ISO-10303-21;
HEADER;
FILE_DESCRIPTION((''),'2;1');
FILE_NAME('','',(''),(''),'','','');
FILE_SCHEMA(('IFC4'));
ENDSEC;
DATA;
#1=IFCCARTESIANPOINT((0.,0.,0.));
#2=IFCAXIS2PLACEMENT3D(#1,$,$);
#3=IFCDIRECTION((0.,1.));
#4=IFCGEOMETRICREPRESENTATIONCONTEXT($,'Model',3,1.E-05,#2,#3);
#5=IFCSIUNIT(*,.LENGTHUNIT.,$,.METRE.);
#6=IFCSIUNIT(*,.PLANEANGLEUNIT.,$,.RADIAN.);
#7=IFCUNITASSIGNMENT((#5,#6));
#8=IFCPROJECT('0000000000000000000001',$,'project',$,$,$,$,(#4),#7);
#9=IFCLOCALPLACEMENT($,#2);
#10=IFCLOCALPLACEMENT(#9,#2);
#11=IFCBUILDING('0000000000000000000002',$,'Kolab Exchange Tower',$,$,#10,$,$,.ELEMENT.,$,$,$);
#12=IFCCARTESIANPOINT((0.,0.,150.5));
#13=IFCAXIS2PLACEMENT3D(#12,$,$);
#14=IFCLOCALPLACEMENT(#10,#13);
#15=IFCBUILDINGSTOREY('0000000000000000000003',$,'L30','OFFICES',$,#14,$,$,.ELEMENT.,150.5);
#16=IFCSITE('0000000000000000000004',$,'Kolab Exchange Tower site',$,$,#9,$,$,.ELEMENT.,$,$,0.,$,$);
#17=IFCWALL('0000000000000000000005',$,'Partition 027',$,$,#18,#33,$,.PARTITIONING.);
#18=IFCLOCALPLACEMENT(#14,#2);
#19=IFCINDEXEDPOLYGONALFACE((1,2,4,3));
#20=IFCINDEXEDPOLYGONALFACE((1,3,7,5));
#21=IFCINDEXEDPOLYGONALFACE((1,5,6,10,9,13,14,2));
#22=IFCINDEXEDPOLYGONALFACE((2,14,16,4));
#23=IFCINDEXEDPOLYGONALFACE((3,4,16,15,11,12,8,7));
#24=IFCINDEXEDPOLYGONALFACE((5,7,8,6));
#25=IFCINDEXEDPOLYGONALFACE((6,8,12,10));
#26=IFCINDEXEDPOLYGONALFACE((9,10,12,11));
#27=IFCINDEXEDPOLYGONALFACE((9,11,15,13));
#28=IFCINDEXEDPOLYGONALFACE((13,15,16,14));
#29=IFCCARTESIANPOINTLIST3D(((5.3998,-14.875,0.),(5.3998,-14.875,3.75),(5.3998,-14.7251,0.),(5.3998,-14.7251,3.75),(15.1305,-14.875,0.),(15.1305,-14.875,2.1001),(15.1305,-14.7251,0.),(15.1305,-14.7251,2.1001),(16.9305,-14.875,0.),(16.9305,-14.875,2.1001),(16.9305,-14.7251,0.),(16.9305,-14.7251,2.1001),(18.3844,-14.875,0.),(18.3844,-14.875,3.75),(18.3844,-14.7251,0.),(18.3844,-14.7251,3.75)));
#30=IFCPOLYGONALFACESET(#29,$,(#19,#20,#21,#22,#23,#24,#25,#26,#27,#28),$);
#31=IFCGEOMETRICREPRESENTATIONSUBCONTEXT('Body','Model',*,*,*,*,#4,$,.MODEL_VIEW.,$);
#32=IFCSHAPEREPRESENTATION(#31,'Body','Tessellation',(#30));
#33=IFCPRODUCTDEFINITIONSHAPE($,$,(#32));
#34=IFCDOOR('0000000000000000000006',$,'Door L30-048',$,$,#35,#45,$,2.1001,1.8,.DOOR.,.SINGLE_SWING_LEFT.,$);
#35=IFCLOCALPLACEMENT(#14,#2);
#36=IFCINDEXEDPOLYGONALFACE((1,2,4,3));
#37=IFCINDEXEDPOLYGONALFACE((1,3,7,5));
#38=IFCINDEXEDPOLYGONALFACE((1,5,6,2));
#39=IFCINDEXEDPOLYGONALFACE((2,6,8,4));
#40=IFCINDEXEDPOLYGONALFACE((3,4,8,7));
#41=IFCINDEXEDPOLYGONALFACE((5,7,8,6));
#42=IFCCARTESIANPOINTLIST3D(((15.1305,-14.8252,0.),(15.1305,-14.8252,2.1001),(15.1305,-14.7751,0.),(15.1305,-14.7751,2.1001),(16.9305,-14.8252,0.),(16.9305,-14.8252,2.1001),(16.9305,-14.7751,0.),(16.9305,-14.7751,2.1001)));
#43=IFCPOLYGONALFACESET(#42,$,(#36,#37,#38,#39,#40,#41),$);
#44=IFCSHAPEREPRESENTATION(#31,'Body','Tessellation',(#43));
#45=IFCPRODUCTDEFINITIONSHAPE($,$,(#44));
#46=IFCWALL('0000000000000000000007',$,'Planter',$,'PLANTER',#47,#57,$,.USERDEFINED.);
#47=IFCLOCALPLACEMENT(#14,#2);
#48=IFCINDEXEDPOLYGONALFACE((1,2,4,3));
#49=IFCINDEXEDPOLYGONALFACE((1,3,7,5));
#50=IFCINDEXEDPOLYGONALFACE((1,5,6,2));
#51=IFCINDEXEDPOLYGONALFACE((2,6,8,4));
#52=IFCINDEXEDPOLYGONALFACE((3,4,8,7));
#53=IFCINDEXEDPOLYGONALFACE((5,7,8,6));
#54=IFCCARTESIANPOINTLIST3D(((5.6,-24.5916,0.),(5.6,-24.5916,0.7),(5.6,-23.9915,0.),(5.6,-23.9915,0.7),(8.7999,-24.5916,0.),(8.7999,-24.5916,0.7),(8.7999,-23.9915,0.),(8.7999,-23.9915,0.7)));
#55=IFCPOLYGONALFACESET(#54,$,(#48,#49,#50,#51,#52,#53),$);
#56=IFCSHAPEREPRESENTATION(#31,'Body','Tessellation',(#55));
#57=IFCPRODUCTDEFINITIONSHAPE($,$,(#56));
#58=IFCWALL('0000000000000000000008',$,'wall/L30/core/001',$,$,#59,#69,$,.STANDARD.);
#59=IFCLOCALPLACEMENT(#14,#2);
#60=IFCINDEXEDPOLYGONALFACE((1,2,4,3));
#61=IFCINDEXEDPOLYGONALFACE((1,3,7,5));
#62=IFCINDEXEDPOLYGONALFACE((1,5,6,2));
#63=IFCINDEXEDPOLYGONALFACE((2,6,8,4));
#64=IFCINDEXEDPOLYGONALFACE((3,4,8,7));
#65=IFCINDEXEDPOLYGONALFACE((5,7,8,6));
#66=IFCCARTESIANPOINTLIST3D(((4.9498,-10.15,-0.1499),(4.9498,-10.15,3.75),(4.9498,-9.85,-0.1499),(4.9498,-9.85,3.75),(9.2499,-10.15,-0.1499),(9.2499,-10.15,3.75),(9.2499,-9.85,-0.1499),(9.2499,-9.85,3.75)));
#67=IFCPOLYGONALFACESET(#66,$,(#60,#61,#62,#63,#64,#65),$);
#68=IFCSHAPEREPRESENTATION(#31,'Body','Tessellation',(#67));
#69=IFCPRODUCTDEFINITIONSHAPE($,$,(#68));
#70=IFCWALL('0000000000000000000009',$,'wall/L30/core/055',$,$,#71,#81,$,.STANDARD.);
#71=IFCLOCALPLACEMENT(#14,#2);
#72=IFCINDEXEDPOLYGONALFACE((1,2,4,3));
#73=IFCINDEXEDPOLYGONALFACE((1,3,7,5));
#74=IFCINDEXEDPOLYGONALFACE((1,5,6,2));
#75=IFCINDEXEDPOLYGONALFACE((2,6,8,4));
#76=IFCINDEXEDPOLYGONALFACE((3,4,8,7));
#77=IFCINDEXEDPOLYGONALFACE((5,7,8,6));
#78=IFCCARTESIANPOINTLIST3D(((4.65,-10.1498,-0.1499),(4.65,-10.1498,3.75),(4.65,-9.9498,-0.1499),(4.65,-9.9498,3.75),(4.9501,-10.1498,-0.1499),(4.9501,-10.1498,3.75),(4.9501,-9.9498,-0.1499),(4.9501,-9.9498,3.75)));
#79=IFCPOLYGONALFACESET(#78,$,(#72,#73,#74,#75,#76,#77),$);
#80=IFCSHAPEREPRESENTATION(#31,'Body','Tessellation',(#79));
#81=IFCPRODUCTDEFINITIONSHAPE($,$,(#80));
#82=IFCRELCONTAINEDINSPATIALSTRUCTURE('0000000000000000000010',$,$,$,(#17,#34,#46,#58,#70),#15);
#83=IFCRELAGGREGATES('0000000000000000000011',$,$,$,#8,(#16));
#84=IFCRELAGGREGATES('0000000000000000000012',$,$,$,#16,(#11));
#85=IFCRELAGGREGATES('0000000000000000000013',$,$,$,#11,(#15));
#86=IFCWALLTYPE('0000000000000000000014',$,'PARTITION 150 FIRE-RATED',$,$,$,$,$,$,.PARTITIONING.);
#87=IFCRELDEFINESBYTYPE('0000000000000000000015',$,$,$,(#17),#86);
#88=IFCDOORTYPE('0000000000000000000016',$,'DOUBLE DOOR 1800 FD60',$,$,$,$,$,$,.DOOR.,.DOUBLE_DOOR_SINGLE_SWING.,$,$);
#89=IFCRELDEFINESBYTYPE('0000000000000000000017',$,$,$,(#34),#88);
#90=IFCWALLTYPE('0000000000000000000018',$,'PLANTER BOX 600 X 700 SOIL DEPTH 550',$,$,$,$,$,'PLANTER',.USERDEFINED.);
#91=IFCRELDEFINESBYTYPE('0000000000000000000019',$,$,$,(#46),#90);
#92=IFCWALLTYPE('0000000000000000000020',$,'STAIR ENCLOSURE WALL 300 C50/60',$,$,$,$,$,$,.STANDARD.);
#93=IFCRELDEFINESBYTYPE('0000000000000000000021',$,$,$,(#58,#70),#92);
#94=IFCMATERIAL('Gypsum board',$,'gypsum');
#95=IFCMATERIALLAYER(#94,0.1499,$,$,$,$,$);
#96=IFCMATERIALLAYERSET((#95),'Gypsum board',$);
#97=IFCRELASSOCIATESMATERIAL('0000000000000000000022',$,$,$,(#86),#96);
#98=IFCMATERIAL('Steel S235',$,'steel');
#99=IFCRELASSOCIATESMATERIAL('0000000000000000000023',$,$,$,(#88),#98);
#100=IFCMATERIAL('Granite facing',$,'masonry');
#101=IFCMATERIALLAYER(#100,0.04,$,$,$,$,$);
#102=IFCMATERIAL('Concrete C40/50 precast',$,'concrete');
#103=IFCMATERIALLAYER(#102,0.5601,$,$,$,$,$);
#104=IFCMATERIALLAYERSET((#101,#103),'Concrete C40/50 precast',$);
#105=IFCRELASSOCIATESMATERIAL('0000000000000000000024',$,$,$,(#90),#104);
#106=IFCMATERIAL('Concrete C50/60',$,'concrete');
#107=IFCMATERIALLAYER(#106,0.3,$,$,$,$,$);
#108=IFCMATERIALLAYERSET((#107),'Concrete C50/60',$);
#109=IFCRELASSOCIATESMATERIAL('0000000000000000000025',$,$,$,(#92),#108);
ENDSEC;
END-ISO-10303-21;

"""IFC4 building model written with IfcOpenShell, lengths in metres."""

from ifc_helpers import new_model, si_unit, direction, frame, frame_2d, origin, place, context, subcontext, project, spatial, rectangle, extrude, material, layer, layer_set, type_object, element, fill, save


model = new_model("IFC4")

# Units and contexts
model_context = context("Model", 3, precision=1e-05, world=origin(), true_north=direction((0.0, 1.0)))
body_context = subcontext(model_context, "Body", "Model", "MODEL_VIEW")
ifc_project = project(units=[si_unit("LENGTHUNIT", "METRE"), si_unit("PLANEANGLEUNIT", "RADIAN")], contexts=[model_context])

# Site, building, storey
site_placement = place(None, origin())
site = spatial("IfcSite", under=ifc_project, at=site_placement, Name="Kolab Exchange Tower site", CompositionType="ELEMENT", RefElevation=0.0)
building_placement = place(site_placement, origin())
building = spatial("IfcBuilding", under=site, at=building_placement, Name="Kolab Exchange Tower", CompositionType="ELEMENT")
storey_placement = place(building_placement, frame((0.0, 0.0, 150.5)))
storey = spatial("IfcBuildingStorey", under=building, at=storey_placement, Name="L30", Description="OFFICES", CompositionType="ELEMENT", Elevation=150.5)

# Shared definitions
ifc_material_1 = material(Name="Concrete C50/60", Category="concrete")
ifc_material_2 = material(Name="Gypsum board", Category="gypsum")

# Wall, opening, door
ifc_layer_1 = layer(ifc_material_2, 0.1499)
ifc_layer_set_1 = layer_set([ifc_layer_1], Name="Gypsum board")
wall_type_1 = type_object("IfcWallType", Name="PARTITION 150 FIRE-RATED", PredefinedType="PARTITIONING", material=ifc_layer_set_1)
ifc_material_3 = material(Name="Steel S235", Category="steel")
wall_1_placement = place(storey_placement, frame((5.3999, -14.8, 0.0), z_axis=(0.0, 0.0, 1.0), x_axis=(1.0, 0.0, 0.0)))
wall_1 = element("IfcWall", 1, at=wall_1_placement, inside=storey, type_object=wall_type_1, Name="Partition 027", PredefinedType="PARTITIONING", context=body_context, shape_type="SweptSolid", body=[
    extrude(rectangle(XDim=12.9846, YDim=0.1499, at=frame_2d((6.4922, 0.0))), origin(), (0.0, 0.0, 1.0), 3.75),
])
opening_1_placement = place(wall_1_placement, frame((9.7307, 0.0, 0.0)))
opening_1 = element("IfcOpeningElement", 2, at=opening_1_placement, cuts=wall_1, PredefinedType="OPENING", context=body_context, shape_type="SweptSolid", body=[
    extrude(rectangle(XDim=1.8, YDim=2.1001, at=frame_2d((0.8999, 1.05))), frame((0.0, 0.085, 0.0), z_axis=(0.0, -1.0, 0.0), x_axis=(1.0, 0.0, 0.0)), (0.0, 0.0, 1.0), 0.1699),
])
door_type_1 = type_object("IfcDoorType", Name="DOUBLE DOOR 1800 FD60", OperationType="DOUBLE_DOOR_SINGLE_SWING", PredefinedType="DOOR", material=ifc_material_3)
door_1_placement = place(opening_1_placement, origin())
door_1 = element("IfcDoor", 3, at=door_1_placement, inside=storey, type_object=door_type_1, Name="Door L30-048", OperationType="SINGLE_SWING_LEFT", OverallHeight=2.1001, OverallWidth=1.8, PredefinedType="DOOR", context=body_context, shape_type="SweptSolid", body=[
    extrude(rectangle(XDim=1.8, YDim=2.1001, at=frame_2d((0.8999, 1.05))), frame((0.0, 0.0249, 0.0), z_axis=(0.0, -1.0, 0.0), x_axis=(1.0, 0.0, 0.0)), (0.0, 0.0, 1.0), 0.05),
])
fill(opening_1, door_1)

# Walls
ifc_material_4 = material(Name="Granite facing", Category="masonry")
ifc_layer_2 = layer(ifc_material_4, 0.04)
ifc_material_5 = material(Name="Concrete C40/50 precast", Category="concrete")
ifc_layer_3 = layer(ifc_material_5, 0.5601)
ifc_layer_set_2 = layer_set([ifc_layer_2, ifc_layer_3], Name="Concrete C40/50 precast")
wall_type_2 = type_object("IfcWallType", Name="PLANTER BOX 600 X 700 SOIL DEPTH 550", ElementType="PLANTER", PredefinedType="USERDEFINED", material=ifc_layer_set_2)
wall_2_placement = place(storey_placement, frame((8.8, -24.2915, 0.0), z_axis=(0.0, 0.0, 1.0), x_axis=(-1.0, 0.0, 0.0)))
element("IfcWall", 4, at=wall_2_placement, inside=storey, type_object=wall_type_2, Name="Planter", ObjectType="PLANTER", PredefinedType="USERDEFINED", context=body_context, shape_type="SweptSolid", body=[
    extrude(rectangle(XDim=3.2, YDim=0.6001, at=frame_2d((1.6001, 0.0))), origin(), (0.0, 0.0, 1.0), 0.7),
])
ifc_layer_4 = layer(ifc_material_1, 0.3)
ifc_layer_set_3 = layer_set([ifc_layer_4], Name="Concrete C50/60")
wall_type_3 = type_object("IfcWallType", Name="STAIR ENCLOSURE WALL 300 C50/60", PredefinedType="STANDARD", material=ifc_layer_set_3)
wall_3_placement = place(storey_placement, frame((4.95, -10.0, -0.1499), z_axis=(0.0, 0.0, 1.0), x_axis=(1.0, 0.0, 0.0)))
element("IfcWall", 5, at=wall_3_placement, inside=storey, type_object=wall_type_3, Name="wall/L30/core/001", PredefinedType="STANDARD", context=body_context, shape_type="SweptSolid", body=[
    extrude(rectangle(XDim=4.3, YDim=0.3, at=frame_2d((2.1499, 0.0))), origin(), (0.0, 0.0, 1.0), 3.8999),
])
wall_4_placement = place(storey_placement, frame((4.8, -10.1499, -0.1499), z_axis=(0.0, 0.0, 1.0), x_axis=(0.0, 1.0, 0.0)))
element("IfcWall", 6, at=wall_4_placement, inside=storey, type_object=wall_type_3, Name="wall/L30/core/055", PredefinedType="STANDARD", context=body_context, shape_type="SweptSolid", body=[
    extrude(rectangle(XDim=0.2, YDim=0.3, at=frame_2d((0.1001, 0.0))), origin(), (0.0, 0.0, 1.0), 3.8999),
])

save(model, "model.ifc")
